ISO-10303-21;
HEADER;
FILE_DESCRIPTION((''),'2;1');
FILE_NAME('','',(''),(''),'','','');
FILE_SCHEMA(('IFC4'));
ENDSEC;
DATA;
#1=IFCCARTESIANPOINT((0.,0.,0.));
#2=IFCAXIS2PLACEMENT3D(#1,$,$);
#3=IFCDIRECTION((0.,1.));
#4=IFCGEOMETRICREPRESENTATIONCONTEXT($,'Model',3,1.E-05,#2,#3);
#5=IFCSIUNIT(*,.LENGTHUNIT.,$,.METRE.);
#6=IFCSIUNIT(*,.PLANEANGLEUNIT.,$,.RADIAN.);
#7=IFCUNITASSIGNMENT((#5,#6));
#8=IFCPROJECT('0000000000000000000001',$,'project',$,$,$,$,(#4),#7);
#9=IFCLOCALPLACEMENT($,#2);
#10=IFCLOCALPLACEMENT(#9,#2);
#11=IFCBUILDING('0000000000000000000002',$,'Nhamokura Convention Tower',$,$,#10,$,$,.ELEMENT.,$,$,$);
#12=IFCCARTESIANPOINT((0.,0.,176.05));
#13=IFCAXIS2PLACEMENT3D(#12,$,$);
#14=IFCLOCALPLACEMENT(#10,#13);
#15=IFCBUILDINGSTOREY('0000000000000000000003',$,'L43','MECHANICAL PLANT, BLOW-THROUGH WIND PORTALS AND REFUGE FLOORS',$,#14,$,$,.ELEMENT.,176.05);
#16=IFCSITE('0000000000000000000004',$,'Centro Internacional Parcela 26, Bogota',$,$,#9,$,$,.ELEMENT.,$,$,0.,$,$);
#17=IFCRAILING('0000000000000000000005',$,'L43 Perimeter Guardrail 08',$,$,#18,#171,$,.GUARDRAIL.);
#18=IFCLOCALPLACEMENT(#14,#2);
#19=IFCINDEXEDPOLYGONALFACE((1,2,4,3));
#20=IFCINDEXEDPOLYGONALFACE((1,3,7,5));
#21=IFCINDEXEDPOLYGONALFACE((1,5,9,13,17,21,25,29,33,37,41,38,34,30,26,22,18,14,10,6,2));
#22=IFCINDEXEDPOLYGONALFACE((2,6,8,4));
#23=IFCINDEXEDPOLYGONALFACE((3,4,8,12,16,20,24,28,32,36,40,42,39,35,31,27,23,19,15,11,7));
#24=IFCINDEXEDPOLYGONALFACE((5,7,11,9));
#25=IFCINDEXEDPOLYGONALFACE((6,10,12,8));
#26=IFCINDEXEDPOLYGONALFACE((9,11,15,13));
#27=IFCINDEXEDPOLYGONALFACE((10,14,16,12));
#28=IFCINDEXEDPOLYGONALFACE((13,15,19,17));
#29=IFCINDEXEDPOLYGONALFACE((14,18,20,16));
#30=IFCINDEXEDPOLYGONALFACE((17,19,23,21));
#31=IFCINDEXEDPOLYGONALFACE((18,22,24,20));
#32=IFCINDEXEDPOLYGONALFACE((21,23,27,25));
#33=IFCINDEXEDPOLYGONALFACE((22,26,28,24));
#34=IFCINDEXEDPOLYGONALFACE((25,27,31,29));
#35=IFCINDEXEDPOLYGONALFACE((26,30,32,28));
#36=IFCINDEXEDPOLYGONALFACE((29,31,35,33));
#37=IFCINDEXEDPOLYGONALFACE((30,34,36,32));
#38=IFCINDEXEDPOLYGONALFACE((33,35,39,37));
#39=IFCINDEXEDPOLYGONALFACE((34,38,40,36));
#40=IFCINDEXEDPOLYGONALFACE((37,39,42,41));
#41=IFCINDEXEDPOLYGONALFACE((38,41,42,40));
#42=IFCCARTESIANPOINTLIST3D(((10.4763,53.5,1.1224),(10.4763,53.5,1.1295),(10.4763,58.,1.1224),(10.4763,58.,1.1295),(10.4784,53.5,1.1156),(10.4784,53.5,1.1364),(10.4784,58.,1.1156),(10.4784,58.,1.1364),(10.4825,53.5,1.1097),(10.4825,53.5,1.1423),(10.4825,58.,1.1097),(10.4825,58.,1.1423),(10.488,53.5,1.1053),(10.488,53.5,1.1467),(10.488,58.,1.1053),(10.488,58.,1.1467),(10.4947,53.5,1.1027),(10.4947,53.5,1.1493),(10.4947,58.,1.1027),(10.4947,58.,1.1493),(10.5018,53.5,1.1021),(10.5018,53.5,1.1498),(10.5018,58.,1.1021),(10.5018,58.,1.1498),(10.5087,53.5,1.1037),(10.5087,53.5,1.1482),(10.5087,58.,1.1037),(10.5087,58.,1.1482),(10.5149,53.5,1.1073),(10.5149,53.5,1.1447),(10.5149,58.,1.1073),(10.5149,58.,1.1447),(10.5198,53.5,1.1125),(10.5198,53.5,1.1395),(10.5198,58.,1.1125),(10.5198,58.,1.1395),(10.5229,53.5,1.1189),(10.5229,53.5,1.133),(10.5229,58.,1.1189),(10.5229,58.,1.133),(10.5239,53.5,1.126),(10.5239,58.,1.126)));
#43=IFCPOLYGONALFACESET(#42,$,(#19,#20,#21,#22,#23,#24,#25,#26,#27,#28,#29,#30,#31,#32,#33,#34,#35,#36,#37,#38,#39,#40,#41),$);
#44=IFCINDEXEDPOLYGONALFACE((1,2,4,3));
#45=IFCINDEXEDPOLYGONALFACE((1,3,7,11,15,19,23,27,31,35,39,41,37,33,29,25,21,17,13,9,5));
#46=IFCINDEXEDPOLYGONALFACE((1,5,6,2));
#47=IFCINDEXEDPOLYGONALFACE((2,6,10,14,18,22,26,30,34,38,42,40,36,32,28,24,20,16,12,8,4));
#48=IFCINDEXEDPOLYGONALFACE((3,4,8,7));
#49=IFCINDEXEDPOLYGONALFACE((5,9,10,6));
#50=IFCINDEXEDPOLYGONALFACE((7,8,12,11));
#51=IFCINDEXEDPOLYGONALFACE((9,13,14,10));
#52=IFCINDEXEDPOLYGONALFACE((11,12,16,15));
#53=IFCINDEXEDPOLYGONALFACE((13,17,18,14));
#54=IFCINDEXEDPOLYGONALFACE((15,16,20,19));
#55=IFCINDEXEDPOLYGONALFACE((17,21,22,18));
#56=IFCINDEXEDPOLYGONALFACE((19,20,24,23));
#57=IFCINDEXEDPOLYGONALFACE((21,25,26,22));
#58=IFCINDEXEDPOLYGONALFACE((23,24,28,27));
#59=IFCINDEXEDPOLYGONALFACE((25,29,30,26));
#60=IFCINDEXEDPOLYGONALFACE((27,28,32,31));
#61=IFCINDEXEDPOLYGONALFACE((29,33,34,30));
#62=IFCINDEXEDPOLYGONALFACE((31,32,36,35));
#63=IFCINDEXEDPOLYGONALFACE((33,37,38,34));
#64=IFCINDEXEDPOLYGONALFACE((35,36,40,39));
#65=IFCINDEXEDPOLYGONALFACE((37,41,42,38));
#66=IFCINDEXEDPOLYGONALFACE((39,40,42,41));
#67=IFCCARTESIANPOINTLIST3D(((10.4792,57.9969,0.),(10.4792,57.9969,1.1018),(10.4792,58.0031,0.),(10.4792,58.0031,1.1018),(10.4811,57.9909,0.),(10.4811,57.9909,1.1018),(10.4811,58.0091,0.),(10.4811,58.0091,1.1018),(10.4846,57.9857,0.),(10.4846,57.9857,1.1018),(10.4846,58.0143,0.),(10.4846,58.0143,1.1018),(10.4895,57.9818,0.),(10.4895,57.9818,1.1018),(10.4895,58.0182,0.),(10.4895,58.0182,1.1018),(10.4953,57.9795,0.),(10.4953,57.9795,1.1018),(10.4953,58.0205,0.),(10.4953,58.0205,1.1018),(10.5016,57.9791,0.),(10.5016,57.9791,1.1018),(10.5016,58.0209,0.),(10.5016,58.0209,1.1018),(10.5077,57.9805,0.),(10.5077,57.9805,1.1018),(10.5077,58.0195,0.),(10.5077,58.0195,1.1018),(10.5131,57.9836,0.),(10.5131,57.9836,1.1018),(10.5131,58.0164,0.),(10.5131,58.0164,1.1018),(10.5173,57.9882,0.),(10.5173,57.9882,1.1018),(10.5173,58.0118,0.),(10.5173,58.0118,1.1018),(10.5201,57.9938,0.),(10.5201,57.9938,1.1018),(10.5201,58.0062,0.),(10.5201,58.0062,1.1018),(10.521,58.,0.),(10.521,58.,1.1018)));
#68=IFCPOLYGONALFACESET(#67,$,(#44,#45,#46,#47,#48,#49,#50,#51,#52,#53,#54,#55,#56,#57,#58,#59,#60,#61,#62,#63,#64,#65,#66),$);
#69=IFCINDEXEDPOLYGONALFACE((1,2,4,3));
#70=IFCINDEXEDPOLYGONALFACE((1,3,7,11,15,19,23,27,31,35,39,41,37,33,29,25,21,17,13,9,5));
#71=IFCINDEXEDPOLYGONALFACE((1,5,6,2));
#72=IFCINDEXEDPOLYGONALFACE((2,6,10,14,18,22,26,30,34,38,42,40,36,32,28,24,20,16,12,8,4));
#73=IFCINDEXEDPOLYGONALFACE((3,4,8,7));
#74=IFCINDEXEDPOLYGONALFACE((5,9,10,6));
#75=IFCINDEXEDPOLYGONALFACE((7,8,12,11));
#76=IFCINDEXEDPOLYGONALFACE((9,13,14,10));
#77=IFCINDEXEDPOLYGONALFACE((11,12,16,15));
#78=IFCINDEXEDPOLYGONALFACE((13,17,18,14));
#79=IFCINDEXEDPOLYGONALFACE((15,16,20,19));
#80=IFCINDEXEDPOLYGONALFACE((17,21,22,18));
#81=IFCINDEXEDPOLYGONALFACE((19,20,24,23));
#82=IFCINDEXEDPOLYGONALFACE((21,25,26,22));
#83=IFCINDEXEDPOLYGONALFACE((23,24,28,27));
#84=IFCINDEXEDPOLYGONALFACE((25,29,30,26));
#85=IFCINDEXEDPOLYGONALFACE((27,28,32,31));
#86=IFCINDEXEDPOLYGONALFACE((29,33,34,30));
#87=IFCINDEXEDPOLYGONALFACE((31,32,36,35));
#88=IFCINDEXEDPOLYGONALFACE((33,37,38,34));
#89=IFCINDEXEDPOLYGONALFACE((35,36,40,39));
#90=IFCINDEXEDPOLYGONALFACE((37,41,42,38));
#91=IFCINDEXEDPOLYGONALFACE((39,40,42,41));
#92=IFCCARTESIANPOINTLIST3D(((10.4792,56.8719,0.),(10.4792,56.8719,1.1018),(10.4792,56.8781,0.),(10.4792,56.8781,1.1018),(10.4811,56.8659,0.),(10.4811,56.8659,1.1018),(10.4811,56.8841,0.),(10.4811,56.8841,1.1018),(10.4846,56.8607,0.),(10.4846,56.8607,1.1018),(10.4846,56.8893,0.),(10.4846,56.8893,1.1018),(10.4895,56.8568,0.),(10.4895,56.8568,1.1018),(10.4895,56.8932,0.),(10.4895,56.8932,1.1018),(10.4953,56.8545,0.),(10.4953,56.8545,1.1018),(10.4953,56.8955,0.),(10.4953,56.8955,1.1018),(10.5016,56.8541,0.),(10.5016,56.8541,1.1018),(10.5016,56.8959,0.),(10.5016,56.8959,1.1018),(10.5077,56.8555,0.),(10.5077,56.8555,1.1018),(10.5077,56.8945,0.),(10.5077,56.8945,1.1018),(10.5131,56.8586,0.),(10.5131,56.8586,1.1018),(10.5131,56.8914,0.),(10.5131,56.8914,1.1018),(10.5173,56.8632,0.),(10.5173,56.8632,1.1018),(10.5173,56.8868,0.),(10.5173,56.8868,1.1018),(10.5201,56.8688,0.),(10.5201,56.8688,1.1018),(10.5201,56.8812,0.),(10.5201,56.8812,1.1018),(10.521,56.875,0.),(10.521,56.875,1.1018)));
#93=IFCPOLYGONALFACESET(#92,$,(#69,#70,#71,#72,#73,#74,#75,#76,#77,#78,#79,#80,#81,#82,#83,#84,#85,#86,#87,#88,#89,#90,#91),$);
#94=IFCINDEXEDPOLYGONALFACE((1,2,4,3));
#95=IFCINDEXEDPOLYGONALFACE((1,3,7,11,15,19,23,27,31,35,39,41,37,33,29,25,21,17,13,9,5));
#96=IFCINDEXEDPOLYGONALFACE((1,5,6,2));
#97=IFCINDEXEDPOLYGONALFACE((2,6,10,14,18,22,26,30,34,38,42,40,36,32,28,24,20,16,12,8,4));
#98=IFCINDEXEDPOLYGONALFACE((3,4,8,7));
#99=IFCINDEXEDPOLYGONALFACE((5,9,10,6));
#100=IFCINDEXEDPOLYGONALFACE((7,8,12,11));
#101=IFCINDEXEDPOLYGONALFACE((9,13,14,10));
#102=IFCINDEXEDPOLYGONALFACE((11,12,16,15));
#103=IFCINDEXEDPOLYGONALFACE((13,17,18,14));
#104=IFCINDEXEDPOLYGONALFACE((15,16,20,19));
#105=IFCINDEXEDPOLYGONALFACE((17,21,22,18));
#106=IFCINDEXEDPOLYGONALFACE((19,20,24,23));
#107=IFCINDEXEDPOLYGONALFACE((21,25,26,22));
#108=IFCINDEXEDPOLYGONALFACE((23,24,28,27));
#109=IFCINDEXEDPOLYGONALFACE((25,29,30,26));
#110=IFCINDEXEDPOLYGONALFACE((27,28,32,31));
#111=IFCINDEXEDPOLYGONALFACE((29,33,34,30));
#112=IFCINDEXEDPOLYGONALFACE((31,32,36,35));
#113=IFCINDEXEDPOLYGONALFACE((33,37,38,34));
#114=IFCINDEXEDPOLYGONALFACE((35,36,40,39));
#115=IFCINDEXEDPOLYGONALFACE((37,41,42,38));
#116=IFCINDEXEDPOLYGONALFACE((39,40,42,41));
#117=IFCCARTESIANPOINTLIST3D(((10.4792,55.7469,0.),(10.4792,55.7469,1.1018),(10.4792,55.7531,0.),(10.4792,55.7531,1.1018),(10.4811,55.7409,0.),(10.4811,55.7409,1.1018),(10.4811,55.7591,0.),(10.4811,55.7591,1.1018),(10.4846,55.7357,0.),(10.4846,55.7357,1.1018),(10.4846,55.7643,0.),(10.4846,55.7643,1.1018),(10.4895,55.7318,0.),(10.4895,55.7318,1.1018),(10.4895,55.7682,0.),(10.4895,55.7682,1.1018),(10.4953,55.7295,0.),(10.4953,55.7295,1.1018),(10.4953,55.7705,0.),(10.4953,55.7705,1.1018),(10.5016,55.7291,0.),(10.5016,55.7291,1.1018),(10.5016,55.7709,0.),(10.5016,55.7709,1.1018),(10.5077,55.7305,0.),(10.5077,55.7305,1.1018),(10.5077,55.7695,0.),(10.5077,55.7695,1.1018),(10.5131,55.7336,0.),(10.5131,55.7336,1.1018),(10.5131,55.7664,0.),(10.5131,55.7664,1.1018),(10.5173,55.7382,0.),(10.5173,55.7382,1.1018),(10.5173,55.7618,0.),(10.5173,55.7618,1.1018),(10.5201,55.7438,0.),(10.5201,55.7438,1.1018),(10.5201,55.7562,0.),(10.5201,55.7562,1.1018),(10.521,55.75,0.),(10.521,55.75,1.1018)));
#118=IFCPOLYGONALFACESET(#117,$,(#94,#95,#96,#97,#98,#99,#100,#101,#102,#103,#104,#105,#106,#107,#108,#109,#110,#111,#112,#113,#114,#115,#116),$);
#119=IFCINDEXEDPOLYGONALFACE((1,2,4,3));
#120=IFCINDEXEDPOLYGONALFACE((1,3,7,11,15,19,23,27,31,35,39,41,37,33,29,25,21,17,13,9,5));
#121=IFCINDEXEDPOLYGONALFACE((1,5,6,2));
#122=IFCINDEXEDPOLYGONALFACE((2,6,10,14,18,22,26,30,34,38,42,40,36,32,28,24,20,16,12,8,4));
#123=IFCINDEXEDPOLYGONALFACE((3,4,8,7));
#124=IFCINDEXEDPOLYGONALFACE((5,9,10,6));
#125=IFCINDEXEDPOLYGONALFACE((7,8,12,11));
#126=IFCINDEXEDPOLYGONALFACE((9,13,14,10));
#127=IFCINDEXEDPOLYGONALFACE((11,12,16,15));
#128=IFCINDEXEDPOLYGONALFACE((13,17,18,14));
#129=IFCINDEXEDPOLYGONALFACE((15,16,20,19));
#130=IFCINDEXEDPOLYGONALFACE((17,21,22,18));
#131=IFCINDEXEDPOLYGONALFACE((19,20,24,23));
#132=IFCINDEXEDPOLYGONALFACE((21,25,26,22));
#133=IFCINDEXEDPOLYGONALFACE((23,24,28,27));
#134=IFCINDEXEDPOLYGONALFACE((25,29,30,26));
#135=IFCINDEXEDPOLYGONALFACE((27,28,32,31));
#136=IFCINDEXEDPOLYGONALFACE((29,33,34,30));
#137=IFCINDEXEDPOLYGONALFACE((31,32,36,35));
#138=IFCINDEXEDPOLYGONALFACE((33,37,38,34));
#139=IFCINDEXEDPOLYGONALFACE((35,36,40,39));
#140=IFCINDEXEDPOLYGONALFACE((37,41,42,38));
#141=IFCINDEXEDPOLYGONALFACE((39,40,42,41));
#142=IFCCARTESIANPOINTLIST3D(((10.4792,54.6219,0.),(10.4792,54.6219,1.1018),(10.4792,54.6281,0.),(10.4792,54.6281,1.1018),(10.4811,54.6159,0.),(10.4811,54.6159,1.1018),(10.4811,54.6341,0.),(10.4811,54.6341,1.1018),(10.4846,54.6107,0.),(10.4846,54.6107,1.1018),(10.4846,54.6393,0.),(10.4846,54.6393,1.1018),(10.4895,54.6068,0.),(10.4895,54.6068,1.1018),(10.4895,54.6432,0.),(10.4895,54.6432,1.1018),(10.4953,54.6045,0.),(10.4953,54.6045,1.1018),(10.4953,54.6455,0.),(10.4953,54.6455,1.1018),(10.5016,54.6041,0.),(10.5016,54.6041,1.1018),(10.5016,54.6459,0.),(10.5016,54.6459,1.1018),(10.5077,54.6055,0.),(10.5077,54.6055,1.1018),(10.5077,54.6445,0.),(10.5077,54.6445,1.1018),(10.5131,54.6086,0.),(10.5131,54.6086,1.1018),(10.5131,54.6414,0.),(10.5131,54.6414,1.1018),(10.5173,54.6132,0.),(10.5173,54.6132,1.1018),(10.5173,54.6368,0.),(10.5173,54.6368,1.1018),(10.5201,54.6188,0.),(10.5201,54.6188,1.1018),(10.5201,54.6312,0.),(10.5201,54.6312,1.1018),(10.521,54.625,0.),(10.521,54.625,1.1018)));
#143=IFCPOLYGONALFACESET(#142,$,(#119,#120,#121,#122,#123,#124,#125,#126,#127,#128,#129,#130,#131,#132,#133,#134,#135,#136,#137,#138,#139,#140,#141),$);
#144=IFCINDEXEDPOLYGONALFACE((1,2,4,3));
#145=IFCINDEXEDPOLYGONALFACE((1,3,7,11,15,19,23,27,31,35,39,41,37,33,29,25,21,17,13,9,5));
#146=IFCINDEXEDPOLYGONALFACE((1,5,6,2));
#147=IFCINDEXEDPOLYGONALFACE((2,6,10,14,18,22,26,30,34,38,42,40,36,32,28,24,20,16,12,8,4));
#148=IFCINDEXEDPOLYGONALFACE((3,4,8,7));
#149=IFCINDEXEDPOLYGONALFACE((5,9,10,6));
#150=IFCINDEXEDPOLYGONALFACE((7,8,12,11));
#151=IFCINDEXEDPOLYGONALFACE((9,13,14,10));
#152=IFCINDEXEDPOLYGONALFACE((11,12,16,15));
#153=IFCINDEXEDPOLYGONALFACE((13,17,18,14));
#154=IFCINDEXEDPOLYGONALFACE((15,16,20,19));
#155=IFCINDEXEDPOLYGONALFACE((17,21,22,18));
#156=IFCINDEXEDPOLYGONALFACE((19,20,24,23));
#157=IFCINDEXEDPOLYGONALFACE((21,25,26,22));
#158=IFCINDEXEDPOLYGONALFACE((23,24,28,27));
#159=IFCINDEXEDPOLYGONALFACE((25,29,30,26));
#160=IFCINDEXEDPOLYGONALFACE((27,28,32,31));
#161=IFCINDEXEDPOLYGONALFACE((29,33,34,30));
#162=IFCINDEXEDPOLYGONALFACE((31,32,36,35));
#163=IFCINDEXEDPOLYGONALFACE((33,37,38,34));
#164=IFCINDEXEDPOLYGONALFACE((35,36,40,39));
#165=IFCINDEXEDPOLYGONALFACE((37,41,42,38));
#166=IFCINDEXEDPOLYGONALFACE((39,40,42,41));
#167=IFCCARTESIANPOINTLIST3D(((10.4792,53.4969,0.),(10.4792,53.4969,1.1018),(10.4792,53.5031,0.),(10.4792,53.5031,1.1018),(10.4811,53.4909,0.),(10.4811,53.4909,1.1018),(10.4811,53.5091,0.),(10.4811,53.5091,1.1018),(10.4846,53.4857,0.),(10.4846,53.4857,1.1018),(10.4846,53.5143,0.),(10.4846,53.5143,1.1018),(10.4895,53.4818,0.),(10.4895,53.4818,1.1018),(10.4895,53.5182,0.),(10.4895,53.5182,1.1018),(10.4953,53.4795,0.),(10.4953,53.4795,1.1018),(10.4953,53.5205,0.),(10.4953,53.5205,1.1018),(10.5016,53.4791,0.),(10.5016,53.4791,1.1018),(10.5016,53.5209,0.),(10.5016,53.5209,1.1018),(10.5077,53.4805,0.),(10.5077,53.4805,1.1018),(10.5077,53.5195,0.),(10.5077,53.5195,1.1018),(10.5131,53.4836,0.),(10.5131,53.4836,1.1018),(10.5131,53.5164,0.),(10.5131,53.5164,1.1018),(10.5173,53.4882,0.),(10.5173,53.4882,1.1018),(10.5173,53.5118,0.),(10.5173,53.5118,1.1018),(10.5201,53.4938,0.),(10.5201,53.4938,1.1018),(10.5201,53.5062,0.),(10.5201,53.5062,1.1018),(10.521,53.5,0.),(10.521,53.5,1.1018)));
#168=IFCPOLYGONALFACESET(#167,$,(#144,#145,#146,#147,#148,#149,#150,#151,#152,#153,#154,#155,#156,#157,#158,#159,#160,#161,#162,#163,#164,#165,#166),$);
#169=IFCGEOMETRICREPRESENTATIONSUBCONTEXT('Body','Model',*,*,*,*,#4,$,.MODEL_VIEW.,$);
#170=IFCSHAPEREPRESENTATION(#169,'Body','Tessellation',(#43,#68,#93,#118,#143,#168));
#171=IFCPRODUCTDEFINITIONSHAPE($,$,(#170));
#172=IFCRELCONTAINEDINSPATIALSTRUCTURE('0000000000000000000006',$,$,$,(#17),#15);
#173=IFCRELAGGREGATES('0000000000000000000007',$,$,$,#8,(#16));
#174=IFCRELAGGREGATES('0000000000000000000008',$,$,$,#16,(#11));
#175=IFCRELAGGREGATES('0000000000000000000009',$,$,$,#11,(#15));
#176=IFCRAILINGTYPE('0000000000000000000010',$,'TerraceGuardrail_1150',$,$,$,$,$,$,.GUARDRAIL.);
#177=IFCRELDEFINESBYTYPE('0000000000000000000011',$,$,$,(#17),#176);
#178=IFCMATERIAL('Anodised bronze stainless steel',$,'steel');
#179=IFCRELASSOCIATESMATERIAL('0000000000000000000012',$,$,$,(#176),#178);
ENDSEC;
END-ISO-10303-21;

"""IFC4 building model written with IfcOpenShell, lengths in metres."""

from ifc_helpers import new_model, si_unit, direction, frame, origin, origin_2d, place, context, subcontext, project, spatial, circle, extrude, material, type_object, element, save


model = new_model("IFC4")

# Units and contexts
model_context = context("Model", 3, precision=1e-05, world=origin(), true_north=direction((0.0, 1.0)))
body_context = subcontext(model_context, "Body", "Model", "MODEL_VIEW")
ifc_project = project(units=[si_unit("LENGTHUNIT", "METRE"), si_unit("PLANEANGLEUNIT", "RADIAN")], contexts=[model_context])

# Site, building, storey
site_placement = place(None, origin())
site = spatial("IfcSite", under=ifc_project, at=site_placement, Name="Centro Internacional Parcela 26, Bogota", CompositionType="ELEMENT", RefElevation=0.0)
building_placement = place(site_placement, origin())
building = spatial("IfcBuilding", under=site, at=building_placement, Name="Nhamokura Convention Tower", CompositionType="ELEMENT")
storey_placement = place(building_placement, frame((0.0, 0.0, 176.05)))
storey = spatial("IfcBuildingStorey", under=building, at=storey_placement, Name="L43", Description="MECHANICAL PLANT, BLOW-THROUGH WIND PORTALS AND REFUGE FLOORS", CompositionType="ELEMENT", Elevation=176.05)

# Railing
ifc_material_1 = material(Name="Anodised bronze stainless steel", Category="steel")
railing_type = type_object("IfcRailingType", Name="TerraceGuardrail_1150", PredefinedType="GUARDRAIL", material=ifc_material_1)
railing_1_placement = place(storey_placement, frame((10.5, 58.0, 0.0)))
element("IfcRailing", 1, at=railing_1_placement, inside=storey, type_object=railing_type, Name="L43 Perimeter Guardrail 08", PredefinedType="GUARDRAIL", context=body_context, shape_type="SweptSolid", body=[
    extrude(circle(Radius=0.0239, at=origin_2d()), frame((0.0, 0.0, 1.126), z_axis=(0.0, -1.0, 0.0), x_axis=(1.0, 0.0, 0.0)), (0.0, 0.0, 1.0), 4.5),
    extrude(circle(Radius=0.021, at=origin_2d()), origin(), (0.0, 0.0, 1.0), 1.1018),
    extrude(circle(Radius=0.021, at=origin_2d()), frame((0.0, -1.125, 0.0)), (0.0, 0.0, 1.0), 1.1018),
    extrude(circle(Radius=0.021, at=origin_2d()), frame((0.0, -2.25, 0.0)), (0.0, 0.0, 1.0), 1.1018),
    extrude(circle(Radius=0.021, at=origin_2d()), frame((0.0, -3.375, 0.0)), (0.0, 0.0, 1.0), 1.1018),
    extrude(circle(Radius=0.021, at=origin_2d()), frame((0.0, -4.5, 0.0)), (0.0, 0.0, 1.0), 1.1018),
])

save(model, "model.ifc")
